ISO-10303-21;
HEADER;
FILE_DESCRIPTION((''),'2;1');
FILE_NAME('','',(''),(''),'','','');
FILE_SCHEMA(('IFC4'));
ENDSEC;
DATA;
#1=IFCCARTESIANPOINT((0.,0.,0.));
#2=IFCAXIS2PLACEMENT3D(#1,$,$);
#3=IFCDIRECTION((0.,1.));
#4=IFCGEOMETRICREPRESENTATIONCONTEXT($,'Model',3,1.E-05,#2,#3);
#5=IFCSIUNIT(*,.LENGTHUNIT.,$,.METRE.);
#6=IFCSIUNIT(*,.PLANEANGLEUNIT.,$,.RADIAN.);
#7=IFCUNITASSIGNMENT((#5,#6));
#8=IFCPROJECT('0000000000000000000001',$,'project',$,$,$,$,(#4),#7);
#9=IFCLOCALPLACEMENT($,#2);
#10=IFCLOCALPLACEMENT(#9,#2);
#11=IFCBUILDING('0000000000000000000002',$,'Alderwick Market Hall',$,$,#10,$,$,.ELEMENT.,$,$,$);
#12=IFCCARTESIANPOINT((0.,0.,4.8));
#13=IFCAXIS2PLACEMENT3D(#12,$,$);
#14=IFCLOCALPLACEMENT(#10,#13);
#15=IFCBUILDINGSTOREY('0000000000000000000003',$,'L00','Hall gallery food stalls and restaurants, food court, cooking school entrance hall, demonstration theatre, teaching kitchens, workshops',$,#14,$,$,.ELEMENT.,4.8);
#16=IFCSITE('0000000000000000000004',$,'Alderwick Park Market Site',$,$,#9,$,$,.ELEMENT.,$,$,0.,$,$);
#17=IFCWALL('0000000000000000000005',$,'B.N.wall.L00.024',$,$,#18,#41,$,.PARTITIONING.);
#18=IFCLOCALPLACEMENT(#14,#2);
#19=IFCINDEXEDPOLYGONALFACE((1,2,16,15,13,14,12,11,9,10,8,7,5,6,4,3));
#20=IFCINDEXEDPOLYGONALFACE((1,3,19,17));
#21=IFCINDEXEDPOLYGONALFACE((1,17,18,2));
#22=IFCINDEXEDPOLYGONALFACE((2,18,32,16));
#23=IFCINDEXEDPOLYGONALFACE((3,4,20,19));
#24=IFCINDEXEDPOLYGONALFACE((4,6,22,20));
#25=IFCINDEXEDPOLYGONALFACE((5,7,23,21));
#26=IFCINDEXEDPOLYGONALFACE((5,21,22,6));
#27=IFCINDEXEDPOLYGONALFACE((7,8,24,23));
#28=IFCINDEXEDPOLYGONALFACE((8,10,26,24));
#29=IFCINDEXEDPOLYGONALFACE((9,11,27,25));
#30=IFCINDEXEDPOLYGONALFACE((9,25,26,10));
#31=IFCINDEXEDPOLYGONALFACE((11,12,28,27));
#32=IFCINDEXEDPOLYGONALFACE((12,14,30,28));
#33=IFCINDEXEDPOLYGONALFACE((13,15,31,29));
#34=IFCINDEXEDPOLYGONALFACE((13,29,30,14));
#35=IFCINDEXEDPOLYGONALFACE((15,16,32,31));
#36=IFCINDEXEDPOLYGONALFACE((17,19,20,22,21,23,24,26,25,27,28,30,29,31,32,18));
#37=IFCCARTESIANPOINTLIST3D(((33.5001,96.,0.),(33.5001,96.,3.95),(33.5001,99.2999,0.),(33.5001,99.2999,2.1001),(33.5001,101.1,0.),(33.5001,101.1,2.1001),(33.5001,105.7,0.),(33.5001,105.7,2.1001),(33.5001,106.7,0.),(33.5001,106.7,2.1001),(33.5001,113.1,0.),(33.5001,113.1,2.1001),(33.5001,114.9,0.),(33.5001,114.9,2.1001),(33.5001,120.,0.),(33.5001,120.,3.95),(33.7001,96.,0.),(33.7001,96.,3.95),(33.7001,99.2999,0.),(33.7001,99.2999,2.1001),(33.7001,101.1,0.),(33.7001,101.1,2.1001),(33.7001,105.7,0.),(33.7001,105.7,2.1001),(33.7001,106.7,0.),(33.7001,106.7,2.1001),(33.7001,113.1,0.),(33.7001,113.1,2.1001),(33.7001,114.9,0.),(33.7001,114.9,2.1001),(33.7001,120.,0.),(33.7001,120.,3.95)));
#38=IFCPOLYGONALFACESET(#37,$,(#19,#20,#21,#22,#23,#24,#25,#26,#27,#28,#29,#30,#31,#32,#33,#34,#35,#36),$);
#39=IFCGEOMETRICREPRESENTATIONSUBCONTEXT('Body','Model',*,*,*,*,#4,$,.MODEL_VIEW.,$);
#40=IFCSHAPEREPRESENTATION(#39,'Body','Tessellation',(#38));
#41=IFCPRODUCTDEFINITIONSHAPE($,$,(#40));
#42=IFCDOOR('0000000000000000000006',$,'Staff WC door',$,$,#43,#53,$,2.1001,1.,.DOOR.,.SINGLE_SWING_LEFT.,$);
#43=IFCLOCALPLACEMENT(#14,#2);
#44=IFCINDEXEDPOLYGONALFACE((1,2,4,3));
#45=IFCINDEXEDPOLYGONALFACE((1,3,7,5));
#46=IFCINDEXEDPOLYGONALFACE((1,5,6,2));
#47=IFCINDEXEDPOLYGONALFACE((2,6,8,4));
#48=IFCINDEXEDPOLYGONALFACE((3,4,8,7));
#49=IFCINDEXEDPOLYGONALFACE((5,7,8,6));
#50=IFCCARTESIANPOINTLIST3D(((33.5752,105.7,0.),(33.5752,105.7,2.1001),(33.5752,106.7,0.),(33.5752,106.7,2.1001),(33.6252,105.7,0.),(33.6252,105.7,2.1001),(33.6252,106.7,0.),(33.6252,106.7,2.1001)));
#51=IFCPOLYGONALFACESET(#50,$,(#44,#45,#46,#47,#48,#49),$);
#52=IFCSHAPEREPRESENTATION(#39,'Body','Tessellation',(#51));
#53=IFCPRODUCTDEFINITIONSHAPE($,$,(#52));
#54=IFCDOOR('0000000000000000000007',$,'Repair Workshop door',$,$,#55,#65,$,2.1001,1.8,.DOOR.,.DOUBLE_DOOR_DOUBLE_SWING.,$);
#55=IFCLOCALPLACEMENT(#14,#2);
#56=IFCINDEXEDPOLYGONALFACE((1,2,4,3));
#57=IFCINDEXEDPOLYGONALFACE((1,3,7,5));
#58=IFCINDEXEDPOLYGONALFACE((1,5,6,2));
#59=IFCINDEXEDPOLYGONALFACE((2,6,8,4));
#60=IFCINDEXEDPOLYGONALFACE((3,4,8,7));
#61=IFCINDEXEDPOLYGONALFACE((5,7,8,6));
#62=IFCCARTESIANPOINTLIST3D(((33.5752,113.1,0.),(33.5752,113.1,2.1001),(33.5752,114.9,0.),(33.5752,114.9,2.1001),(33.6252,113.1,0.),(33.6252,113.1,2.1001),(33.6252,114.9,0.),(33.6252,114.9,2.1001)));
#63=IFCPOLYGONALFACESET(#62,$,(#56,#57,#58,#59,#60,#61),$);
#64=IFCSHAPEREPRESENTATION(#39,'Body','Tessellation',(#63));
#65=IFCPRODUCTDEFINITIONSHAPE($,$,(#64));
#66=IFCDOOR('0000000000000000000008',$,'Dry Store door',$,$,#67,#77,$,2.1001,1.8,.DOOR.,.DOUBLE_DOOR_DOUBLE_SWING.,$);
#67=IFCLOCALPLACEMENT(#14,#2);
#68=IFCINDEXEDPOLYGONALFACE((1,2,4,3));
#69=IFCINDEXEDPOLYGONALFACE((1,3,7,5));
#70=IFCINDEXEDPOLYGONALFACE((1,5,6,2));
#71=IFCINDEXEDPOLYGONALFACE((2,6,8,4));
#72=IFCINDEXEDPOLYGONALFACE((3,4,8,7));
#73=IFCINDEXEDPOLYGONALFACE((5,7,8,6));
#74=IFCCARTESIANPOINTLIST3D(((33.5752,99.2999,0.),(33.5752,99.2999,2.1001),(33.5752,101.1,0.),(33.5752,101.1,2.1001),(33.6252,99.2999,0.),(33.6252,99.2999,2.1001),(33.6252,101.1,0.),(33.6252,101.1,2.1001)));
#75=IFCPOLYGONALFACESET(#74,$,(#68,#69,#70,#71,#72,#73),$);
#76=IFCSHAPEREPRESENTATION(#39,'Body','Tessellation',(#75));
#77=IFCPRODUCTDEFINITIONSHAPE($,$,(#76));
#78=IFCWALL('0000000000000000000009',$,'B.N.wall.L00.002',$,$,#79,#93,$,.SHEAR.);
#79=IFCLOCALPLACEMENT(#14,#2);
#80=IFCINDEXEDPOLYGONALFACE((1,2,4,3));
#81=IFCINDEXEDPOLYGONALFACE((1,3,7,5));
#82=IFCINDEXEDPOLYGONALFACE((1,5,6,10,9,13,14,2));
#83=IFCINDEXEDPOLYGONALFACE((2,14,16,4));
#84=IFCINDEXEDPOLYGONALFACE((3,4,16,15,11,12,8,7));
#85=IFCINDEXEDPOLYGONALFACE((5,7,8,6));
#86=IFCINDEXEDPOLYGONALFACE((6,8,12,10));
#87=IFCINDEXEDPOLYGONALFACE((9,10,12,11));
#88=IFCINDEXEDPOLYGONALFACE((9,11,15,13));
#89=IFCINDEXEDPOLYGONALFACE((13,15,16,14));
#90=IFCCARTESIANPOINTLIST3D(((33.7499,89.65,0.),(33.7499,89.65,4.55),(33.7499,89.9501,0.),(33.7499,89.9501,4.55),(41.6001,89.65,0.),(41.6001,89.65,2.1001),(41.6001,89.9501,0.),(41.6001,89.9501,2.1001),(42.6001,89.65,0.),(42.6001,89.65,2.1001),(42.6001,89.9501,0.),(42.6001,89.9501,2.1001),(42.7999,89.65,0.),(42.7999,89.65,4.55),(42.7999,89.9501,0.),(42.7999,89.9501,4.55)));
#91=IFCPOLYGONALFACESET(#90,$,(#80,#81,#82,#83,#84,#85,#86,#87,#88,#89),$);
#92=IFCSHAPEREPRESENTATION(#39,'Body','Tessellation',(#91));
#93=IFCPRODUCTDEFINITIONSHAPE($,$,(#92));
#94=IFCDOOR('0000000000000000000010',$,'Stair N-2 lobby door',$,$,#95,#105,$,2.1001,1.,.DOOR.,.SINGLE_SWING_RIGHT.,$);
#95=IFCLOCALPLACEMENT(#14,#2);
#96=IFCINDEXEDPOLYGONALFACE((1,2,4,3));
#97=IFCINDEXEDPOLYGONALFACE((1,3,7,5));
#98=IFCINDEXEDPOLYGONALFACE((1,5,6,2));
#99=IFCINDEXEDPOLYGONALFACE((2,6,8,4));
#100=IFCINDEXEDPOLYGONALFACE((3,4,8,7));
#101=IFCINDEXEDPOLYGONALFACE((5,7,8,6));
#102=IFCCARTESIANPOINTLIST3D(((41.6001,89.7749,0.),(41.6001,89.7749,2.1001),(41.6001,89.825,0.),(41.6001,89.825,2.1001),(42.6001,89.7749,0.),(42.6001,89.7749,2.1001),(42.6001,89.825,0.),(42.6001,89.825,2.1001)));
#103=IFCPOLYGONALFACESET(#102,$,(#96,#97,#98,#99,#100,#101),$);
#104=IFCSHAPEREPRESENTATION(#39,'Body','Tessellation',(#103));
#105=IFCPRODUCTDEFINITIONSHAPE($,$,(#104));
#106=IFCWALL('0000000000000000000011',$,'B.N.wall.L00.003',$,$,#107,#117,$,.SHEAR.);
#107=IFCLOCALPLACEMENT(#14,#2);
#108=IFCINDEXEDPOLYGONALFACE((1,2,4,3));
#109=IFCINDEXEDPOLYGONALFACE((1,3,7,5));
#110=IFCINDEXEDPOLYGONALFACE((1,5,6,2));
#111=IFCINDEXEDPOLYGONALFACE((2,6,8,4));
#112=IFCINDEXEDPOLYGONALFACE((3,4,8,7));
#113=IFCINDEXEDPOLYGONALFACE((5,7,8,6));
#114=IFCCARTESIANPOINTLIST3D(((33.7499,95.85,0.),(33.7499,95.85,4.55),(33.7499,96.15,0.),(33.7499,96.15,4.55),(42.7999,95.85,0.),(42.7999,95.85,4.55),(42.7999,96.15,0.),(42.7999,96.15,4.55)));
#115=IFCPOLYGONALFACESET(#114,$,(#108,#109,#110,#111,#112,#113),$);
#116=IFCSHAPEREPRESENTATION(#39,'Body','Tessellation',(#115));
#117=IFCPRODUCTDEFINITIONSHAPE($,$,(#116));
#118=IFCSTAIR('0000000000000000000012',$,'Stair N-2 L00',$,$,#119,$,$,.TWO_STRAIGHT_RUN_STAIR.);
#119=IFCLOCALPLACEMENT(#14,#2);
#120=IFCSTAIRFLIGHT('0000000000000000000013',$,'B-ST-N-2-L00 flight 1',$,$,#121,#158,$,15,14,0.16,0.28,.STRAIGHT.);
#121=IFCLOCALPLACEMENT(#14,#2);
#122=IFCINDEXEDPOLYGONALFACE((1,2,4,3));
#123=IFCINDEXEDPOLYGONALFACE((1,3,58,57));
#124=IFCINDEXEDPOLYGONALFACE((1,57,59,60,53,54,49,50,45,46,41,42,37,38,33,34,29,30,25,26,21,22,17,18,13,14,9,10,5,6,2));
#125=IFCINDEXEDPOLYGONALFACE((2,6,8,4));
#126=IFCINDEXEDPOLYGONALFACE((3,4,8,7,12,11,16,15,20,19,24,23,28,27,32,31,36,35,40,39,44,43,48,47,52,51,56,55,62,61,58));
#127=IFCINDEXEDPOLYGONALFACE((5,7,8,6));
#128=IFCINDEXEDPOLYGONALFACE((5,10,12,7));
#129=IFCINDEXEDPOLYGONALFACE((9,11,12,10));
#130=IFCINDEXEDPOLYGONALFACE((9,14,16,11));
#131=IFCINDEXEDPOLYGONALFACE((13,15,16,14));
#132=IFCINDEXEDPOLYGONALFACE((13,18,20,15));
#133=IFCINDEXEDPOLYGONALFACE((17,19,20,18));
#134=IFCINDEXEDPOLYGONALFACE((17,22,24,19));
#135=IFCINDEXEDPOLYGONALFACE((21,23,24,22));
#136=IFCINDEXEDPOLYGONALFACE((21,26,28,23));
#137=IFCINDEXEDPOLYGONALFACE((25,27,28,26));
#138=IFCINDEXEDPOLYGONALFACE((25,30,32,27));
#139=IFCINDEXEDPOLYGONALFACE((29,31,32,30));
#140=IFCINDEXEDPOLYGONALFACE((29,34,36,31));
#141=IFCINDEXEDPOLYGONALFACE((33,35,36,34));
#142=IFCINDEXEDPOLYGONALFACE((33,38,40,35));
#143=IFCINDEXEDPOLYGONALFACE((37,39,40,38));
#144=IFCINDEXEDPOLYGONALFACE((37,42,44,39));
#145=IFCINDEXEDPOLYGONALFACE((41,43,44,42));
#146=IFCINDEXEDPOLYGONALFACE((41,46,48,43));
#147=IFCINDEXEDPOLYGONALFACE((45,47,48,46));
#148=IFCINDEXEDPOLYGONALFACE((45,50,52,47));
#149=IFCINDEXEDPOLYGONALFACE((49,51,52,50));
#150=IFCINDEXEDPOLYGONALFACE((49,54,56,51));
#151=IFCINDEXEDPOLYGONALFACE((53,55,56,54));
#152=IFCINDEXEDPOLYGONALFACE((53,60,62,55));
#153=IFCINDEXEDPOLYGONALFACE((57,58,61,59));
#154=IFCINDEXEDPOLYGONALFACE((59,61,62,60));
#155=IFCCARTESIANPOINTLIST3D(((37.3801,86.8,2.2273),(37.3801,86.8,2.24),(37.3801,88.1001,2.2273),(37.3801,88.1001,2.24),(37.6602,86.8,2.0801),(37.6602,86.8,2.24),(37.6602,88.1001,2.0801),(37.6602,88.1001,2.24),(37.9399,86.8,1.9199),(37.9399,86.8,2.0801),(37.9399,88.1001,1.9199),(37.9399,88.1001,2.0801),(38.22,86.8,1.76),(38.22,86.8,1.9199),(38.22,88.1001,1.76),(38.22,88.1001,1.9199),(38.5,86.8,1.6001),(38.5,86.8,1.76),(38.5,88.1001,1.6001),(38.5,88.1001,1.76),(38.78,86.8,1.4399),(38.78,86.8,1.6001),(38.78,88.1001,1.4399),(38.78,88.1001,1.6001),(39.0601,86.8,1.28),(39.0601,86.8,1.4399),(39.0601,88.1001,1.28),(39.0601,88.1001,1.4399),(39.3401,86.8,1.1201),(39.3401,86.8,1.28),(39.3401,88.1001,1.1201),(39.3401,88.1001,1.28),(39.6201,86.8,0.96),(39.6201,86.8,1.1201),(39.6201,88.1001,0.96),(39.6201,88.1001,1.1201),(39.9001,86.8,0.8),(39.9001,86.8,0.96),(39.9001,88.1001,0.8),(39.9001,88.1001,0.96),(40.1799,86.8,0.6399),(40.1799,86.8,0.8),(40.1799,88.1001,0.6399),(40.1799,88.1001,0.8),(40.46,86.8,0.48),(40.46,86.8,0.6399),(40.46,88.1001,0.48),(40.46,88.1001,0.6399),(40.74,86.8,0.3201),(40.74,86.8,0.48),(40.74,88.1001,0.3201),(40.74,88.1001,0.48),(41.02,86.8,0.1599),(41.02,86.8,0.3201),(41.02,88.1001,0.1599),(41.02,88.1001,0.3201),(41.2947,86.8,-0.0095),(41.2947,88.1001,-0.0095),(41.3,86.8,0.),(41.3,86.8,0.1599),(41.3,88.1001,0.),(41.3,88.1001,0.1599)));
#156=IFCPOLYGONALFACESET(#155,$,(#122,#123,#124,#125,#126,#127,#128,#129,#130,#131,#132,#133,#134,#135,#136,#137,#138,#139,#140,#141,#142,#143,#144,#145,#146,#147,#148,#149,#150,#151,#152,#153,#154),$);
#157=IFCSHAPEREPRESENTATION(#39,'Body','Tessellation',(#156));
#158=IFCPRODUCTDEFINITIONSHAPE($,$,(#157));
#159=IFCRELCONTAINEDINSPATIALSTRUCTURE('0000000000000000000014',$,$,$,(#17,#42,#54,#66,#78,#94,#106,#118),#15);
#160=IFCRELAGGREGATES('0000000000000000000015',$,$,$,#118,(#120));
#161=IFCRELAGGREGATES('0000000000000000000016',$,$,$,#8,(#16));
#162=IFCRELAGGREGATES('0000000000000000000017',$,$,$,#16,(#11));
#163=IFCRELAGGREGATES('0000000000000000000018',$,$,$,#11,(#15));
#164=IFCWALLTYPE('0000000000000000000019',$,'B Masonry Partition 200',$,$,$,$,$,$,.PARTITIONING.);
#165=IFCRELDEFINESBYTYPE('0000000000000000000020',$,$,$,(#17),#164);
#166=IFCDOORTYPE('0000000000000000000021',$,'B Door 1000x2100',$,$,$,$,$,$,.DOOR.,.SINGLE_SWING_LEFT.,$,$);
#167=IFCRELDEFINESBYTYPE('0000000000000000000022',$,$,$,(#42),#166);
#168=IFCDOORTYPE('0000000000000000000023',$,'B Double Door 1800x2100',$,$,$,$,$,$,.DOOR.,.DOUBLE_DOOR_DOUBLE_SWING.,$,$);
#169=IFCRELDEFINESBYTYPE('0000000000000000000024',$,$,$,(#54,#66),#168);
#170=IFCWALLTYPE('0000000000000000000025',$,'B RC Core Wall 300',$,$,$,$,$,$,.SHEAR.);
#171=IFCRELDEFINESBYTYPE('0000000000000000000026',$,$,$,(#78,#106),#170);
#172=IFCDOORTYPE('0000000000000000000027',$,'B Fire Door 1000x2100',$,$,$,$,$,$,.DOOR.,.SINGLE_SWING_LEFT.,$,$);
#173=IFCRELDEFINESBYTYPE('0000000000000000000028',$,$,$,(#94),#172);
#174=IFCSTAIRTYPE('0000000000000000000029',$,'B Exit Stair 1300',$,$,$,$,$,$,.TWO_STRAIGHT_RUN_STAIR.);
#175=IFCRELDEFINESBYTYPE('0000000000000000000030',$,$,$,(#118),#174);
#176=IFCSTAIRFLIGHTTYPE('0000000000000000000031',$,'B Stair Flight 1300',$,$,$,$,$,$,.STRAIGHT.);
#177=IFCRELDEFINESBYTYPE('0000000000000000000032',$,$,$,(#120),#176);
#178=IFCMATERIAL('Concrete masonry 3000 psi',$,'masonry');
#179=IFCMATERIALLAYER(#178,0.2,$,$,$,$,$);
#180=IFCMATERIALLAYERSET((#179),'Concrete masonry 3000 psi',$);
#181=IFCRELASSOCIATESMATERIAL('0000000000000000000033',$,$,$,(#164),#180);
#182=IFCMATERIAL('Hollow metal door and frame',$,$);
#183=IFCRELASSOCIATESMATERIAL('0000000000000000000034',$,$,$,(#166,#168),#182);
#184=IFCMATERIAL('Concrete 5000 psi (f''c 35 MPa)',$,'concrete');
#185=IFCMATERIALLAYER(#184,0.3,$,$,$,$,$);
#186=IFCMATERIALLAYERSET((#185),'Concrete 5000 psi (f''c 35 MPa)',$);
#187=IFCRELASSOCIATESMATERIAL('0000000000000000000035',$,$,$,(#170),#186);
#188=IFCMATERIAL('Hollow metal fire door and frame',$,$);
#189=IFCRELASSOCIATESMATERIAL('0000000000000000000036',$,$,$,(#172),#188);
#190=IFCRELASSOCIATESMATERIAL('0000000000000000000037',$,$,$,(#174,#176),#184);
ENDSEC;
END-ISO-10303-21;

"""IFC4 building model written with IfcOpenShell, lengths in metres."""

from ifc_helpers import new_model, si_unit, direction, frame, frame_2d, origin, place, context, subcontext, project, spatial, polyline, rectangle, outline, extrude, material, layer, layer_set, type_object, element, fill, aggregate, save


model = new_model("IFC4")

# Units and contexts
model_context = context("Model", 3, precision=1e-05, world=origin(), true_north=direction((0.0, 1.0)))
body_context = subcontext(model_context, "Body", "Model", "MODEL_VIEW")
ifc_project = project(units=[si_unit("LENGTHUNIT", "METRE"), si_unit("PLANEANGLEUNIT", "RADIAN")], contexts=[model_context])

# Site, building, storey
site_placement = place(None, origin())
site = spatial("IfcSite", under=ifc_project, at=site_placement, Name="Alderwick Park Market Site", CompositionType="ELEMENT", RefElevation=0.0)
building_placement = place(site_placement, origin())
building = spatial("IfcBuilding", under=site, at=building_placement, Name="Alderwick Market Hall", CompositionType="ELEMENT")
storey_placement = place(building_placement, frame((0.0, 0.0, 4.8)))
storey = spatial("IfcBuildingStorey", under=building, at=storey_placement, Name="L00", Description="Hall gallery food stalls and restaurants, food court, cooking school entrance hall, demonstration theatre, teaching kitchens, workshops", CompositionType="ELEMENT", Elevation=4.8)

# Shared definitions
ifc_material_1 = material(Name="Concrete 5000 psi (f'c 35 MPa)", Category="concrete")

# Wall, openings, doors
ifc_material_2 = material(Name="Concrete masonry 3000 psi", Category="masonry")
ifc_layer_1 = layer(ifc_material_2, 0.2)
ifc_layer_set_1 = layer_set([ifc_layer_1], Name="Concrete masonry 3000 psi")
wall_type_1 = type_object("IfcWallType", Name="B Masonry Partition 200", PredefinedType="PARTITIONING", material=ifc_layer_set_1)
wall_1_placement = place(storey_placement, frame((33.6001, 96.0, 0.0), z_axis=(0.0, 0.0, 1.0), x_axis=(0.0, 1.0, 0.0)))
wall_1 = element("IfcWall", 1, at=wall_1_placement, inside=storey, type_object=wall_type_1, Name="B.N.wall.L00.024", PredefinedType="PARTITIONING", context=body_context, shape_type="SweptSolid", body=[
    extrude(rectangle(XDim=24.0, YDim=0.2, at=frame_2d((12.0, 0.0))), origin(), (0.0, 0.0, 1.0), 3.95),
])
opening_1_placement = place(wall_1_placement, frame((17.1001, 0.0, 0.0)))
opening_1 = element("IfcOpeningElement", 2, at=opening_1_placement, cuts=wall_1, PredefinedType="OPENING", context=body_context, shape_type="SweptSolid", body=[
    extrude(rectangle(XDim=1.8, YDim=2.1001, at=frame_2d((0.8999, 1.05))), frame((0.0, 0.1099, 0.0), z_axis=(0.0, -1.0, 0.0), x_axis=(1.0, 0.0, 0.0)), (0.0, 0.0, 1.0), 0.22),
])
opening_2_placement = place(wall_1_placement, frame((9.7, 0.0, 0.0)))
opening_2 = element("IfcOpeningElement", 3, at=opening_2_placement, cuts=wall_1, PredefinedType="OPENING", context=body_context, shape_type="SweptSolid", body=[
    extrude(rectangle(XDim=1.0, YDim=2.1001, at=frame_2d((0.5, 1.05))), frame((0.0, 0.1099, 0.0), z_axis=(0.0, -1.0, 0.0), x_axis=(1.0, 0.0, 0.0)), (0.0, 0.0, 1.0), 0.22),
])
opening_3_placement = place(wall_1_placement, frame((3.3, 0.0, 0.0)))
opening_3 = element("IfcOpeningElement", 4, at=opening_3_placement, cuts=wall_1, PredefinedType="OPENING", context=body_context, shape_type="SweptSolid", body=[
    extrude(rectangle(XDim=1.8, YDim=2.1001, at=frame_2d((0.8999, 1.05))), frame((0.0, 0.1099, 0.0), z_axis=(0.0, -1.0, 0.0), x_axis=(1.0, 0.0, 0.0)), (0.0, 0.0, 1.0), 0.22),
])
ifc_material_3 = material(Name="Hollow metal door and frame")
door_type_1 = type_object("IfcDoorType", Name="B Door 1000x2100", OperationType="SINGLE_SWING_LEFT", PredefinedType="DOOR", material=ifc_material_3)
door_1_placement = place(opening_2_placement, origin())
door_1 = element("IfcDoor", 5, at=door_1_placement, inside=storey, type_object=door_type_1, Name="Staff WC door", OperationType="SINGLE_SWING_LEFT", OverallHeight=2.1001, OverallWidth=1.0, PredefinedType="DOOR", context=body_context, shape_type="SweptSolid", body=[
    extrude(rectangle(XDim=1.0, YDim=2.1001, at=frame_2d((0.5, 1.05))), frame((0.0, 0.0249, 0.0), z_axis=(0.0, -1.0, 0.0), x_axis=(1.0, 0.0, 0.0)), (0.0, 0.0, 1.0), 0.05),
])
fill(opening_2, door_1)
door_type_2 = type_object("IfcDoorType", Name="B Double Door 1800x2100", OperationType="DOUBLE_DOOR_DOUBLE_SWING", PredefinedType="DOOR", material=ifc_material_3)
door_2_placement = place(opening_1_placement, origin())
door_2 = element("IfcDoor", 6, at=door_2_placement, inside=storey, type_object=door_type_2, Name="Repair Workshop door", OperationType="DOUBLE_DOOR_DOUBLE_SWING", OverallHeight=2.1001, OverallWidth=1.8, PredefinedType="DOOR", context=body_context, shape_type="SweptSolid", body=[
    extrude(rectangle(XDim=1.8, YDim=2.1001, at=frame_2d((0.8999, 1.05))), frame((0.0, 0.0249, 0.0), z_axis=(0.0, -1.0, 0.0), x_axis=(1.0, 0.0, 0.0)), (0.0, 0.0, 1.0), 0.05),
])
fill(opening_1, door_2)
door_3_placement = place(opening_3_placement, origin())
door_3 = element("IfcDoor", 7, at=door_3_placement, inside=storey, type_object=door_type_2, Name="Dry Store door", OperationType="DOUBLE_DOOR_DOUBLE_SWING", OverallHeight=2.1001, OverallWidth=1.8, PredefinedType="DOOR", context=body_context, shape_type="SweptSolid", body=[
    extrude(rectangle(XDim=1.8, YDim=2.1001, at=frame_2d((0.8999, 1.05))), frame((0.0, 0.0249, 0.0), z_axis=(0.0, -1.0, 0.0), x_axis=(1.0, 0.0, 0.0)), (0.0, 0.0, 1.0), 0.05),
])
fill(opening_3, door_3)

# Wall, opening, door
ifc_layer_2 = layer(ifc_material_1, 0.3)
ifc_layer_set_2 = layer_set([ifc_layer_2], Name="Concrete 5000 psi (f'c 35 MPa)")
wall_type_2 = type_object("IfcWallType", Name="B RC Core Wall 300", PredefinedType="SHEAR", material=ifc_layer_set_2)
wall_2_placement = place(storey_placement, frame((33.75, 89.8, 0.0), z_axis=(0.0, 0.0, 1.0), x_axis=(1.0, 0.0, 0.0)))
wall_2 = element("IfcWall", 8, at=wall_2_placement, inside=storey, type_object=wall_type_2, Name="B.N.wall.L00.002", PredefinedType="SHEAR", context=body_context, shape_type="SweptSolid", body=[
    extrude(rectangle(XDim=9.05, YDim=0.3, at=frame_2d((4.5249, 0.0))), origin(), (0.0, 0.0, 1.0), 4.55),
])
opening_4_placement = place(wall_2_placement, frame((7.8501, 0.0, 0.0)))
opening_4 = element("IfcOpeningElement", 9, at=opening_4_placement, cuts=wall_2, PredefinedType="OPENING", context=body_context, shape_type="SweptSolid", body=[
    extrude(rectangle(XDim=1.0, YDim=2.1001, at=frame_2d((0.5, 1.05))), frame((0.0, 0.1599, 0.0), z_axis=(0.0, -1.0, 0.0), x_axis=(1.0, 0.0, 0.0)), (0.0, 0.0, 1.0), 0.3201),
])
ifc_material_4 = material(Name="Hollow metal fire door and frame")
door_type_3 = type_object("IfcDoorType", Name="B Fire Door 1000x2100", OperationType="SINGLE_SWING_LEFT", PredefinedType="DOOR", material=ifc_material_4)
door_4_placement = place(opening_4_placement, origin())
door_4 = element("IfcDoor", 10, at=door_4_placement, inside=storey, type_object=door_type_3, Name="Stair N-2 lobby door", OperationType="SINGLE_SWING_RIGHT", OverallHeight=2.1001, OverallWidth=1.0, PredefinedType="DOOR", context=body_context, shape_type="SweptSolid", body=[
    extrude(rectangle(XDim=1.0, YDim=2.1001, at=frame_2d((0.5, 1.05))), frame((0.0, 0.0249, 0.0), z_axis=(0.0, -1.0, 0.0), x_axis=(1.0, 0.0, 0.0)), (0.0, 0.0, 1.0), 0.05),
])
fill(opening_4, door_4)

# Wall
wall_3_placement = place(storey_placement, frame((33.75, 96.0, 0.0), z_axis=(0.0, 0.0, 1.0), x_axis=(1.0, 0.0, 0.0)))
element("IfcWall", 11, at=wall_3_placement, inside=storey, type_object=wall_type_2, Name="B.N.wall.L00.003", PredefinedType="SHEAR", context=body_context, shape_type="SweptSolid", body=[
    extrude(rectangle(XDim=9.05, YDim=0.3, at=frame_2d((4.5249, 0.0))), origin(), (0.0, 0.0, 1.0), 4.55),
])

# Stair, stair flight
stair_type = type_object("IfcStairType", Name="B Exit Stair 1300", PredefinedType="TWO_STRAIGHT_RUN_STAIR", material=ifc_material_1)
stair_placement = place(storey_placement, origin())
stair = element("IfcStair", 12, at=stair_placement, inside=storey, type_object=stair_type, Name="Stair N-2 L00", PredefinedType="TWO_STRAIGHT_RUN_STAIR")
stair_flight_type = type_object("IfcStairFlightType", Name="B Stair Flight 1300", PredefinedType="STRAIGHT", material=ifc_material_1)
stair_flight_1_placement = place(storey_placement, frame((41.3, 87.45, 0.0), z_axis=(0.0, 0.0, 1.0), x_axis=(-1.0, 0.0, 0.0)))
stair_flight_1 = element("IfcStairFlight", 13, at=stair_flight_1_placement, type_object=stair_flight_type, Name="B-ST-N-2-L00 flight 1", NumberOfRisers=15, NumberOfTreads=14, PredefinedType="STRAIGHT", RiserHeight=0.16, TreadLength=0.28, context=body_context, shape_type="SweptSolid", body=[
    extrude(outline(polyline([(0.0054, -0.0095), (0.0, 0.0), (0.0, 0.1599), (0.28, 0.1599), (0.28, 0.3201), (0.5601, 0.3201), (0.5601, 0.48), (0.8401, 0.48), (0.8401, 0.6399), (1.1201, 0.6399), (1.1201, 0.8), (1.3999, 0.8), (1.3999, 0.96), (1.6799, 0.96), (1.6799, 1.1201), (1.96, 1.1201), (1.96, 1.28), (2.24, 1.28), (2.24, 1.4399), (2.52, 1.4399), (2.52, 1.6001), (2.8, 1.6001), (2.8, 1.76), (3.0801, 1.76), (3.0801, 1.9199), (3.3601, 1.9199), (3.3601, 2.0801), (3.6399, 2.0801), (3.6399, 2.24), (3.9199, 2.24), (3.9199, 2.2273), (0.0054, -0.0095)])), frame((0.0, 0.6499, 0.0), z_axis=(0.0, -1.0, 0.0), x_axis=(1.0, 0.0, 0.0)), (0.0, 0.0, 1.0), 1.3),
])
aggregate(stair, [stair_flight_1])

save(model, "model.ifc")
